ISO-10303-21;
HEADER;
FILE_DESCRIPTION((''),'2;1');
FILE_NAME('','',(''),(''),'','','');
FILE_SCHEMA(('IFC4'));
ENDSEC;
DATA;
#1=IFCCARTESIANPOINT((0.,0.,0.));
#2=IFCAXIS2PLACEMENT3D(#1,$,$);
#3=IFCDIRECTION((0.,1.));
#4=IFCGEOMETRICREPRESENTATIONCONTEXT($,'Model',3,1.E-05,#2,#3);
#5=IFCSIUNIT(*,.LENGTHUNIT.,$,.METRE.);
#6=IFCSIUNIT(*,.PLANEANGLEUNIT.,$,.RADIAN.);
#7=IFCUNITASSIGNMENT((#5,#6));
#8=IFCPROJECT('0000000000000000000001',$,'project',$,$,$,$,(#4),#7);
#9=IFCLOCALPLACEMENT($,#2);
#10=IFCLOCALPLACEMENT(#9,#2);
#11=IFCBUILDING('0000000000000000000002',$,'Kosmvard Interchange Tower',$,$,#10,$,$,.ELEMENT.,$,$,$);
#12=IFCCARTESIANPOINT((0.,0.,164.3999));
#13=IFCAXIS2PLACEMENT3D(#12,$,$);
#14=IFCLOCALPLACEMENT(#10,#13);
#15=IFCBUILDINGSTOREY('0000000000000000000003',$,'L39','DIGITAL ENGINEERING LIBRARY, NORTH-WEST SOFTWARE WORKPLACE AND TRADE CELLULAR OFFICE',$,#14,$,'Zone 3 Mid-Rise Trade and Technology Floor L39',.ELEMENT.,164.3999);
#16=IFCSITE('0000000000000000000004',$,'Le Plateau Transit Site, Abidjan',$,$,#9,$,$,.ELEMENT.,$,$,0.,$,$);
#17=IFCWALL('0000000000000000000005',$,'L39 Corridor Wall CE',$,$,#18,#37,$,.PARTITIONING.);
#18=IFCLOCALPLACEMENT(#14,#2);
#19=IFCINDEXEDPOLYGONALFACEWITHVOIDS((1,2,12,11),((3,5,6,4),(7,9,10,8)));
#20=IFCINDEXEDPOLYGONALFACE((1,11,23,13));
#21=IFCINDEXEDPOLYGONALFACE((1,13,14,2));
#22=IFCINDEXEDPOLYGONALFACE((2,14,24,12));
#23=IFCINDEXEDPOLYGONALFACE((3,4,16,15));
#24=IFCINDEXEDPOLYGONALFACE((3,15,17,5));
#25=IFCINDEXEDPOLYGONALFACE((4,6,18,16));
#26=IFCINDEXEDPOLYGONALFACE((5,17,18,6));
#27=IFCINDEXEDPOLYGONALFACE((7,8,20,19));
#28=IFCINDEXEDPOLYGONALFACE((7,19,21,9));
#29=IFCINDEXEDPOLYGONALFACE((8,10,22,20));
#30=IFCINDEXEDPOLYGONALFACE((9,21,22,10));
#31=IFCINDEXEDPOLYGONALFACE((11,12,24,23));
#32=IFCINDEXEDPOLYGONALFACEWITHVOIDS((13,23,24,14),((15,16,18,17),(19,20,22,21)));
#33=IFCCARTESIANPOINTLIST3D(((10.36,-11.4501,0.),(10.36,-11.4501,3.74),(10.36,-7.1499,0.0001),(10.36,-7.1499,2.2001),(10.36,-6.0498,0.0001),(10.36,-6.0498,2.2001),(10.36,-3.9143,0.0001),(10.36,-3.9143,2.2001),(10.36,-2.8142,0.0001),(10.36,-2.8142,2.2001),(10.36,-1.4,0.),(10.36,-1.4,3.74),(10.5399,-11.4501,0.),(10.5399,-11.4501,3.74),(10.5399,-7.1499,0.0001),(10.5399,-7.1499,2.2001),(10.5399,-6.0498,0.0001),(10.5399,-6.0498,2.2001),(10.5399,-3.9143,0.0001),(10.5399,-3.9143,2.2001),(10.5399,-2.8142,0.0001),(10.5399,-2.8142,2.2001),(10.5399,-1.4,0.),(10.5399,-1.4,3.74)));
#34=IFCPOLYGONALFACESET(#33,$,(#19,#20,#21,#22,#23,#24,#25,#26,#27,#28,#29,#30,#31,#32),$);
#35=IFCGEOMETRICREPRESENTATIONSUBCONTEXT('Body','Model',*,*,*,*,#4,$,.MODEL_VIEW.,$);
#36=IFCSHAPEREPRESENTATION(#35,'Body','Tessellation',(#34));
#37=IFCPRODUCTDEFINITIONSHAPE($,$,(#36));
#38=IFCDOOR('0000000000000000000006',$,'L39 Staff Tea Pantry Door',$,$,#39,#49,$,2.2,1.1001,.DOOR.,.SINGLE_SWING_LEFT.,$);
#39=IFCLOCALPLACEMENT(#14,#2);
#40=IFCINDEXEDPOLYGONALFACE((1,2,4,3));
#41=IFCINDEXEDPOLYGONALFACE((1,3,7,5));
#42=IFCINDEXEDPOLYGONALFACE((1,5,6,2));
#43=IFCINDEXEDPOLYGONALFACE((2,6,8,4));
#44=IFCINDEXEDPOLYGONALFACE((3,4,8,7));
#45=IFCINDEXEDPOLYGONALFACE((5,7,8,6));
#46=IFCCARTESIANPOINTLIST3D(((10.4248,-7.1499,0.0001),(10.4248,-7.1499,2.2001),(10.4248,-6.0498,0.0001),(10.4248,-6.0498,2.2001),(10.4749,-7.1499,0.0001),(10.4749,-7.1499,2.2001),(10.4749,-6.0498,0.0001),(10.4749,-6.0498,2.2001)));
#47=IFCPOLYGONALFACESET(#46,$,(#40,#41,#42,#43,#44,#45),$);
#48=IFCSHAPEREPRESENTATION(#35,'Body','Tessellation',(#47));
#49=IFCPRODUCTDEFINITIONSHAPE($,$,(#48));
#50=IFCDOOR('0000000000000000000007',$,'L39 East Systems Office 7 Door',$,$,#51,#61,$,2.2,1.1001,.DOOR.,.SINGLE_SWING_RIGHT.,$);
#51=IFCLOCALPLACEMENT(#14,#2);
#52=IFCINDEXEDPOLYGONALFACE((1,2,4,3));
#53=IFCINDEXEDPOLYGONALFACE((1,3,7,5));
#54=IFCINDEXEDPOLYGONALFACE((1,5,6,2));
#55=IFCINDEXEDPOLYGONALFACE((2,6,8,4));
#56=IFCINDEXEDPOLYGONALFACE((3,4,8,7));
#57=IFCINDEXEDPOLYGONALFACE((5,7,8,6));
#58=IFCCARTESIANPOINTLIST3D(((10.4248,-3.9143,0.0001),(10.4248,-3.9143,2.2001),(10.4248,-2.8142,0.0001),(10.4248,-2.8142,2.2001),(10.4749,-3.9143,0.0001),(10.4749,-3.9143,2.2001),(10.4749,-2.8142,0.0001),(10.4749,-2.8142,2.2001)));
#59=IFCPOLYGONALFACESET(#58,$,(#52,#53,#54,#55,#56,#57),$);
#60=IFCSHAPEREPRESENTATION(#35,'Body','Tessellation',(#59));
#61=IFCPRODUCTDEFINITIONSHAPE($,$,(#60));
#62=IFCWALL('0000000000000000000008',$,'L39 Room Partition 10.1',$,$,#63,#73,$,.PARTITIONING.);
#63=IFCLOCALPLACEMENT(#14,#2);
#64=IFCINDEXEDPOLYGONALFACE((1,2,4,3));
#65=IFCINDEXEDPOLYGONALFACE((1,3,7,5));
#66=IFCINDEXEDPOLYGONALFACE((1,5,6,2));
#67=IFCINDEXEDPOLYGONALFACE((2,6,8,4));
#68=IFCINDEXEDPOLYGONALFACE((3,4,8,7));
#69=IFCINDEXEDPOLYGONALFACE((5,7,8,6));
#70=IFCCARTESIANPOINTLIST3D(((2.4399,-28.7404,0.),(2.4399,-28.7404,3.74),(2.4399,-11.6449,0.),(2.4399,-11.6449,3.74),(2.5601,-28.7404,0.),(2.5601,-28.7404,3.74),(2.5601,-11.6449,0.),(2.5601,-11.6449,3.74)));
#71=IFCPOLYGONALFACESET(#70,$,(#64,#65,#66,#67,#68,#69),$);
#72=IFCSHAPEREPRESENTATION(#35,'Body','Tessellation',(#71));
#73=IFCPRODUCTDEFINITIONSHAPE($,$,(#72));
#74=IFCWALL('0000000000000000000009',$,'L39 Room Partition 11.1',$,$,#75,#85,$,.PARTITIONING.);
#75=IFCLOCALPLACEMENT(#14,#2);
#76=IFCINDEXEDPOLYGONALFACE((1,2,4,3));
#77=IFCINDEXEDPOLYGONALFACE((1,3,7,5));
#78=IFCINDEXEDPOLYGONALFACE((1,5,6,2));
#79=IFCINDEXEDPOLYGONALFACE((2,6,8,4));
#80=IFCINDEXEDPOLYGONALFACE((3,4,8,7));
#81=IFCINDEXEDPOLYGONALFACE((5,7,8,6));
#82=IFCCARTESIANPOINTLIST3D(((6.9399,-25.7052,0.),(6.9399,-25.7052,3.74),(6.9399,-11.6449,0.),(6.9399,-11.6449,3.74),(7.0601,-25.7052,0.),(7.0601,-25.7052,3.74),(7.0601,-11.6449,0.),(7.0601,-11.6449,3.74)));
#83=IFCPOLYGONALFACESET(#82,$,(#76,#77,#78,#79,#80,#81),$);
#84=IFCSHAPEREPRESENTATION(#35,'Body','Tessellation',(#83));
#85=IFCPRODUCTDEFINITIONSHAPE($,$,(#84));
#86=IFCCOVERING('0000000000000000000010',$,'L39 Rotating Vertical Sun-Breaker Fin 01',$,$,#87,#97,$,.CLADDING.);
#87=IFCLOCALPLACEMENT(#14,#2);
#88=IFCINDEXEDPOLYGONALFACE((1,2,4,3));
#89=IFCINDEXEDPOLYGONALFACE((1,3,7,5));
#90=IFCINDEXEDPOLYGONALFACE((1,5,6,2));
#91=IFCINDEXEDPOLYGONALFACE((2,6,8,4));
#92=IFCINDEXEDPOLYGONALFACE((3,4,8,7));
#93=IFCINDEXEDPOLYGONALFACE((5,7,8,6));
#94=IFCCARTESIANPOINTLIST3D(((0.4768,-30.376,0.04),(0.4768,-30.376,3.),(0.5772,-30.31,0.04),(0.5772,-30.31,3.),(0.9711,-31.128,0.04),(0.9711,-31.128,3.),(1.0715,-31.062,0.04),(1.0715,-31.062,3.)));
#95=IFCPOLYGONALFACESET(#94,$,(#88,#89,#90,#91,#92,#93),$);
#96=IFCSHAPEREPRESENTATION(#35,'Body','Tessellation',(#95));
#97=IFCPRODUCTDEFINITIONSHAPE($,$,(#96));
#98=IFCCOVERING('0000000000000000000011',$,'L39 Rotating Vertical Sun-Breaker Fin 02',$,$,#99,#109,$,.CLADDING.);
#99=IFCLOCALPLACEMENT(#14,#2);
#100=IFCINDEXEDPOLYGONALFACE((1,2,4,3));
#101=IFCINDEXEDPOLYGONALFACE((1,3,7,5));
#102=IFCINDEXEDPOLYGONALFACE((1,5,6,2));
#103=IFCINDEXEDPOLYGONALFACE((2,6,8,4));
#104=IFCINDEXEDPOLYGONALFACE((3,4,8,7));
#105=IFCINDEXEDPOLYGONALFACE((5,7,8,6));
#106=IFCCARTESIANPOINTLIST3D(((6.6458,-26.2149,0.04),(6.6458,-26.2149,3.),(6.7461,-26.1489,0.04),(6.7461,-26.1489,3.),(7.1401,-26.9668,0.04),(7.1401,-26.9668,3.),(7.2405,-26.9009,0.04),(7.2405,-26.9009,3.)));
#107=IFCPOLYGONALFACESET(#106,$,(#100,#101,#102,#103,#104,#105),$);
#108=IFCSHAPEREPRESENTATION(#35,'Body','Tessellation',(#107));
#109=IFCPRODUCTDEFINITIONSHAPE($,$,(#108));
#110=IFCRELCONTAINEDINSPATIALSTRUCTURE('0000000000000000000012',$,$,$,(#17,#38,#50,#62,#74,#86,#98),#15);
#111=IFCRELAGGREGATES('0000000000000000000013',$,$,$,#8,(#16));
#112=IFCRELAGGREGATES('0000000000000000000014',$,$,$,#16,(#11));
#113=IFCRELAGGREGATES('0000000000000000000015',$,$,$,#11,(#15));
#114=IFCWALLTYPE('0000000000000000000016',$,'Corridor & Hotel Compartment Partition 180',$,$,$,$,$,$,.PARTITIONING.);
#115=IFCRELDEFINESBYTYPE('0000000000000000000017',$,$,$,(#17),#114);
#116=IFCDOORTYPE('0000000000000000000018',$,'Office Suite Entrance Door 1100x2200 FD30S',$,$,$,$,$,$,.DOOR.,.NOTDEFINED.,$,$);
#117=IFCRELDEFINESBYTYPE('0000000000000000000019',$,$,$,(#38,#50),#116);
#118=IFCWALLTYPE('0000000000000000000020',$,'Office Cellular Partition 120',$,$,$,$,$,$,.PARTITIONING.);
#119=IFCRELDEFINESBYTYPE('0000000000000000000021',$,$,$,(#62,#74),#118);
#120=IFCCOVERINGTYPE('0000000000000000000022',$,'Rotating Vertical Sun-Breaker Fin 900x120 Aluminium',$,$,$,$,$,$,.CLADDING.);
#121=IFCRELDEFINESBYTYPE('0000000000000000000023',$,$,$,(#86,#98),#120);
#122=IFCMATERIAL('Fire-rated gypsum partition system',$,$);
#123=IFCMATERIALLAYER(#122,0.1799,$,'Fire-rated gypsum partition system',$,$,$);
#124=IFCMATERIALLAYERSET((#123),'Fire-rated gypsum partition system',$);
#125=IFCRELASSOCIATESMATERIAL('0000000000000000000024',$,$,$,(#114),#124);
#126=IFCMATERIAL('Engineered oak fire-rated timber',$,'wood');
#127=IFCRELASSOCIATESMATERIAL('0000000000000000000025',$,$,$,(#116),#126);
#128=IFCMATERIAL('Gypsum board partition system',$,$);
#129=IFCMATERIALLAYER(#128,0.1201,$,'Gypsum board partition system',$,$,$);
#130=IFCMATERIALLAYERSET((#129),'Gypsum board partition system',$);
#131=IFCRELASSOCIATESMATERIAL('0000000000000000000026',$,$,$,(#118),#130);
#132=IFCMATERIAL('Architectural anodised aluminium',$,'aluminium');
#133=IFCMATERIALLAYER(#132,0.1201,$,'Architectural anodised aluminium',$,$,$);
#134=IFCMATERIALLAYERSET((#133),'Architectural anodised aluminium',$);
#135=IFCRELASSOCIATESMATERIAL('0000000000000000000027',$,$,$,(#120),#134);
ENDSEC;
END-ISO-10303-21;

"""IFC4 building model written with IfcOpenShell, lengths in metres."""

from ifc_helpers import new_model, si_unit, direction, frame, frame_2d, origin, origin_2d, place, context, subcontext, project, spatial, rectangle, extrude, source, transform, mapped, material, layer, layer_set, type_object, element, fill, save


model = new_model("IFC4")

# Units and contexts
model_context = context("Model", 3, precision=1e-05, world=origin(), true_north=direction((0.0, 1.0)))
body_context = subcontext(model_context, "Body", "Model", "MODEL_VIEW")
ifc_project = project(units=[si_unit("LENGTHUNIT", "METRE"), si_unit("PLANEANGLEUNIT", "RADIAN")], contexts=[model_context])

# Site, building, storey
site_placement = place(None, origin())
site = spatial("IfcSite", under=ifc_project, at=site_placement, Name="Le Plateau Transit Site, Abidjan", CompositionType="ELEMENT", RefElevation=0.0)
building_placement = place(site_placement, origin())
building = spatial("IfcBuilding", under=site, at=building_placement, Name="Kosmvard Interchange Tower", CompositionType="ELEMENT")
storey_placement = place(building_placement, frame((0.0, 0.0, 164.3999)))
storey = spatial("IfcBuildingStorey", under=building, at=storey_placement, Name="L39", Description="DIGITAL ENGINEERING LIBRARY, NORTH-WEST SOFTWARE WORKPLACE AND TRADE CELLULAR OFFICE", LongName="Zone 3 Mid-Rise Trade and Technology Floor L39", CompositionType="ELEMENT", Elevation=164.3999)

# Wall, openings, doors
ifc_material_1 = material(Name="Fire-rated gypsum partition system")
ifc_layer_1 = layer(ifc_material_1, 0.1799, Name="Fire-rated gypsum partition system")
ifc_layer_set_1 = layer_set([ifc_layer_1], Name="Fire-rated gypsum partition system")
wall_type_1 = type_object("IfcWallType", Name="Corridor & Hotel Compartment Partition 180", PredefinedType="PARTITIONING", material=ifc_layer_set_1)
wall_1_placement = place(storey_placement, frame((10.45, -11.45, 0.0), z_axis=(0.0, 0.0, 1.0), x_axis=(0.0, 1.0, 0.0)))
wall_1 = element("IfcWall", 1, at=wall_1_placement, inside=storey, type_object=wall_type_1, Name="L39 Corridor Wall CE", PredefinedType="PARTITIONING", context=body_context, shape_type="SweptSolid", body=[
    extrude(rectangle(XDim=10.05, YDim=0.1799, at=frame_2d((5.0249, 0.0))), origin(), (0.0, 0.0, 1.0), 3.74),
])
opening_1_placement = place(wall_1_placement, frame((4.3, 0.0, 0.0)))
opening_1 = element("IfcOpeningElement", 2, at=opening_1_placement, cuts=wall_1, PredefinedType="OPENING", context=body_context, shape_type="SweptSolid", body=[
    extrude(rectangle(XDim=1.1001, YDim=2.2, at=frame_2d((0.55, 1.1001))), frame((0.0, 0.1001, 0.0), z_axis=(0.0, -1.0, 0.0), x_axis=(1.0, 0.0, 0.0)), (0.0, 0.0, 1.0), 0.2),
])
opening_2_placement = place(wall_1_placement, frame((7.5356, 0.0, 0.0)))
opening_2 = element("IfcOpeningElement", 3, at=opening_2_placement, cuts=wall_1, PredefinedType="OPENING", context=body_context, shape_type="SweptSolid", body=[
    extrude(rectangle(XDim=1.1001, YDim=2.2, at=frame_2d((0.55, 1.1001))), frame((0.0, 0.1001, 0.0), z_axis=(0.0, -1.0, 0.0), x_axis=(1.0, 0.0, 0.0)), (0.0, 0.0, 1.0), 0.2),
])
ifc_material_2 = material(Name="Engineered oak fire-rated timber", Category="wood")
door_type = type_object("IfcDoorType", Name="Office Suite Entrance Door 1100x2200 FD30S", OperationType="NOTDEFINED", PredefinedType="DOOR", material=ifc_material_2)
shared_shape_1 = source(origin(), body_context, "Body", "SweptSolid", [
    extrude(rectangle(XDim=1.1001, YDim=2.2, at=frame_2d((0.55, 1.1001))), frame((0.0, 0.0249, 0.0), z_axis=(0.0, -1.0, 0.0), x_axis=(1.0, 0.0, 0.0)), (0.0, 0.0, 1.0), 0.05),
])
door_1_placement = place(opening_1_placement, frame((1.1001, 0.0, 0.0), z_axis=(0.0, 0.0, 1.0), x_axis=(-1.0, 0.0, 0.0)))
door_1 = element("IfcDoor", 4, at=door_1_placement, inside=storey, type_object=door_type, Name="L39 Staff Tea Pantry Door", OperationType="SINGLE_SWING_LEFT", OverallHeight=2.2, OverallWidth=1.1001, PredefinedType="DOOR", context=body_context, shape_type="MappedRepresentation", body=[
    mapped(shared_shape_1, transform((0.0, 0.0, 0.0), scale=1.0)),
])
fill(opening_1, door_1)
door_2_placement = place(opening_2_placement, frame((1.1001, 0.0, 0.0), z_axis=(0.0, 0.0, 1.0), x_axis=(-1.0, 0.0, 0.0)))
door_2 = element("IfcDoor", 5, at=door_2_placement, inside=storey, type_object=door_type, Name="L39 East Systems Office 7 Door", OperationType="SINGLE_SWING_RIGHT", OverallHeight=2.2, OverallWidth=1.1001, PredefinedType="DOOR", context=body_context, shape_type="MappedRepresentation", body=[
    mapped(shared_shape_1, transform((0.0, 0.0, 0.0), scale=1.0)),
])
fill(opening_2, door_2)

# Walls
ifc_material_3 = material(Name="Gypsum board partition system")
ifc_layer_2 = layer(ifc_material_3, 0.1201, Name="Gypsum board partition system")
ifc_layer_set_2 = layer_set([ifc_layer_2], Name="Gypsum board partition system")
wall_type_2 = type_object("IfcWallType", Name="Office Cellular Partition 120", PredefinedType="PARTITIONING", material=ifc_layer_set_2)
wall_2_placement = place(storey_placement, frame((2.5, -28.7405, 0.0), z_axis=(0.0, 0.0, 1.0), x_axis=(0.0, 1.0, 0.0)))
element("IfcWall", 6, at=wall_2_placement, inside=storey, type_object=wall_type_2, Name="L39 Room Partition 10.1", PredefinedType="PARTITIONING", context=body_context, shape_type="SweptSolid", body=[
    extrude(rectangle(XDim=17.0955, YDim=0.1201, at=frame_2d((8.5479, 0.0))), origin(), (0.0, 0.0, 1.0), 3.74),
])
wall_3_placement = place(storey_placement, frame((7.0, -25.7053, 0.0), z_axis=(0.0, 0.0, 1.0), x_axis=(0.0, 1.0, 0.0)))
element("IfcWall", 7, at=wall_3_placement, inside=storey, type_object=wall_type_2, Name="L39 Room Partition 11.1", PredefinedType="PARTITIONING", context=body_context, shape_type="SweptSolid", body=[
    extrude(rectangle(XDim=14.0603, YDim=0.1201, at=frame_2d((7.0303, 0.0))), origin(), (0.0, 0.0, 1.0), 3.74),
])

# Coverings
ifc_material_4 = material(Name="Architectural anodised aluminium", Category="aluminium")
ifc_layer_3 = layer(ifc_material_4, 0.1201, Name="Architectural anodised aluminium")
ifc_layer_set_3 = layer_set([ifc_layer_3], Name="Architectural anodised aluminium")
covering_type = type_object("IfcCoveringType", Name="Rotating Vertical Sun-Breaker Fin 900x120 Aluminium", PredefinedType="CLADDING", material=ifc_layer_set_3)
shared_shape_2 = source(origin(), body_context, "Body", "SweptSolid", [
    extrude(rectangle(XDim=0.8999, YDim=0.1201, at=origin_2d()), origin(), (0.0, 0.0, 1.0), 2.96),
])
for number, where, z_axis, x_axis, name in (
    (8, (0.7742, -30.719, 0.04), (0.0, 0.0, 1.0), (0.549315, -0.835616, 0.0), "L39 Rotating Vertical Sun-Breaker Fin 01"),
    (9, (6.9431, -26.5579, 0.04), (0.0, 0.0, 1.0), (0.549315, -0.835616, 0.0), "L39 Rotating Vertical Sun-Breaker Fin 02"),
):
    element("IfcCovering", number, at=place(storey_placement, frame(where, z_axis=z_axis, x_axis=x_axis)), inside=storey, type_object=covering_type, Name=name, PredefinedType="CLADDING", context=body_context, shape_type="MappedRepresentation", body=[
        mapped(shared_shape_2, transform((0.0, 0.0, 0.0), scale=1.0)),
    ])

save(model, "model.ifc")
